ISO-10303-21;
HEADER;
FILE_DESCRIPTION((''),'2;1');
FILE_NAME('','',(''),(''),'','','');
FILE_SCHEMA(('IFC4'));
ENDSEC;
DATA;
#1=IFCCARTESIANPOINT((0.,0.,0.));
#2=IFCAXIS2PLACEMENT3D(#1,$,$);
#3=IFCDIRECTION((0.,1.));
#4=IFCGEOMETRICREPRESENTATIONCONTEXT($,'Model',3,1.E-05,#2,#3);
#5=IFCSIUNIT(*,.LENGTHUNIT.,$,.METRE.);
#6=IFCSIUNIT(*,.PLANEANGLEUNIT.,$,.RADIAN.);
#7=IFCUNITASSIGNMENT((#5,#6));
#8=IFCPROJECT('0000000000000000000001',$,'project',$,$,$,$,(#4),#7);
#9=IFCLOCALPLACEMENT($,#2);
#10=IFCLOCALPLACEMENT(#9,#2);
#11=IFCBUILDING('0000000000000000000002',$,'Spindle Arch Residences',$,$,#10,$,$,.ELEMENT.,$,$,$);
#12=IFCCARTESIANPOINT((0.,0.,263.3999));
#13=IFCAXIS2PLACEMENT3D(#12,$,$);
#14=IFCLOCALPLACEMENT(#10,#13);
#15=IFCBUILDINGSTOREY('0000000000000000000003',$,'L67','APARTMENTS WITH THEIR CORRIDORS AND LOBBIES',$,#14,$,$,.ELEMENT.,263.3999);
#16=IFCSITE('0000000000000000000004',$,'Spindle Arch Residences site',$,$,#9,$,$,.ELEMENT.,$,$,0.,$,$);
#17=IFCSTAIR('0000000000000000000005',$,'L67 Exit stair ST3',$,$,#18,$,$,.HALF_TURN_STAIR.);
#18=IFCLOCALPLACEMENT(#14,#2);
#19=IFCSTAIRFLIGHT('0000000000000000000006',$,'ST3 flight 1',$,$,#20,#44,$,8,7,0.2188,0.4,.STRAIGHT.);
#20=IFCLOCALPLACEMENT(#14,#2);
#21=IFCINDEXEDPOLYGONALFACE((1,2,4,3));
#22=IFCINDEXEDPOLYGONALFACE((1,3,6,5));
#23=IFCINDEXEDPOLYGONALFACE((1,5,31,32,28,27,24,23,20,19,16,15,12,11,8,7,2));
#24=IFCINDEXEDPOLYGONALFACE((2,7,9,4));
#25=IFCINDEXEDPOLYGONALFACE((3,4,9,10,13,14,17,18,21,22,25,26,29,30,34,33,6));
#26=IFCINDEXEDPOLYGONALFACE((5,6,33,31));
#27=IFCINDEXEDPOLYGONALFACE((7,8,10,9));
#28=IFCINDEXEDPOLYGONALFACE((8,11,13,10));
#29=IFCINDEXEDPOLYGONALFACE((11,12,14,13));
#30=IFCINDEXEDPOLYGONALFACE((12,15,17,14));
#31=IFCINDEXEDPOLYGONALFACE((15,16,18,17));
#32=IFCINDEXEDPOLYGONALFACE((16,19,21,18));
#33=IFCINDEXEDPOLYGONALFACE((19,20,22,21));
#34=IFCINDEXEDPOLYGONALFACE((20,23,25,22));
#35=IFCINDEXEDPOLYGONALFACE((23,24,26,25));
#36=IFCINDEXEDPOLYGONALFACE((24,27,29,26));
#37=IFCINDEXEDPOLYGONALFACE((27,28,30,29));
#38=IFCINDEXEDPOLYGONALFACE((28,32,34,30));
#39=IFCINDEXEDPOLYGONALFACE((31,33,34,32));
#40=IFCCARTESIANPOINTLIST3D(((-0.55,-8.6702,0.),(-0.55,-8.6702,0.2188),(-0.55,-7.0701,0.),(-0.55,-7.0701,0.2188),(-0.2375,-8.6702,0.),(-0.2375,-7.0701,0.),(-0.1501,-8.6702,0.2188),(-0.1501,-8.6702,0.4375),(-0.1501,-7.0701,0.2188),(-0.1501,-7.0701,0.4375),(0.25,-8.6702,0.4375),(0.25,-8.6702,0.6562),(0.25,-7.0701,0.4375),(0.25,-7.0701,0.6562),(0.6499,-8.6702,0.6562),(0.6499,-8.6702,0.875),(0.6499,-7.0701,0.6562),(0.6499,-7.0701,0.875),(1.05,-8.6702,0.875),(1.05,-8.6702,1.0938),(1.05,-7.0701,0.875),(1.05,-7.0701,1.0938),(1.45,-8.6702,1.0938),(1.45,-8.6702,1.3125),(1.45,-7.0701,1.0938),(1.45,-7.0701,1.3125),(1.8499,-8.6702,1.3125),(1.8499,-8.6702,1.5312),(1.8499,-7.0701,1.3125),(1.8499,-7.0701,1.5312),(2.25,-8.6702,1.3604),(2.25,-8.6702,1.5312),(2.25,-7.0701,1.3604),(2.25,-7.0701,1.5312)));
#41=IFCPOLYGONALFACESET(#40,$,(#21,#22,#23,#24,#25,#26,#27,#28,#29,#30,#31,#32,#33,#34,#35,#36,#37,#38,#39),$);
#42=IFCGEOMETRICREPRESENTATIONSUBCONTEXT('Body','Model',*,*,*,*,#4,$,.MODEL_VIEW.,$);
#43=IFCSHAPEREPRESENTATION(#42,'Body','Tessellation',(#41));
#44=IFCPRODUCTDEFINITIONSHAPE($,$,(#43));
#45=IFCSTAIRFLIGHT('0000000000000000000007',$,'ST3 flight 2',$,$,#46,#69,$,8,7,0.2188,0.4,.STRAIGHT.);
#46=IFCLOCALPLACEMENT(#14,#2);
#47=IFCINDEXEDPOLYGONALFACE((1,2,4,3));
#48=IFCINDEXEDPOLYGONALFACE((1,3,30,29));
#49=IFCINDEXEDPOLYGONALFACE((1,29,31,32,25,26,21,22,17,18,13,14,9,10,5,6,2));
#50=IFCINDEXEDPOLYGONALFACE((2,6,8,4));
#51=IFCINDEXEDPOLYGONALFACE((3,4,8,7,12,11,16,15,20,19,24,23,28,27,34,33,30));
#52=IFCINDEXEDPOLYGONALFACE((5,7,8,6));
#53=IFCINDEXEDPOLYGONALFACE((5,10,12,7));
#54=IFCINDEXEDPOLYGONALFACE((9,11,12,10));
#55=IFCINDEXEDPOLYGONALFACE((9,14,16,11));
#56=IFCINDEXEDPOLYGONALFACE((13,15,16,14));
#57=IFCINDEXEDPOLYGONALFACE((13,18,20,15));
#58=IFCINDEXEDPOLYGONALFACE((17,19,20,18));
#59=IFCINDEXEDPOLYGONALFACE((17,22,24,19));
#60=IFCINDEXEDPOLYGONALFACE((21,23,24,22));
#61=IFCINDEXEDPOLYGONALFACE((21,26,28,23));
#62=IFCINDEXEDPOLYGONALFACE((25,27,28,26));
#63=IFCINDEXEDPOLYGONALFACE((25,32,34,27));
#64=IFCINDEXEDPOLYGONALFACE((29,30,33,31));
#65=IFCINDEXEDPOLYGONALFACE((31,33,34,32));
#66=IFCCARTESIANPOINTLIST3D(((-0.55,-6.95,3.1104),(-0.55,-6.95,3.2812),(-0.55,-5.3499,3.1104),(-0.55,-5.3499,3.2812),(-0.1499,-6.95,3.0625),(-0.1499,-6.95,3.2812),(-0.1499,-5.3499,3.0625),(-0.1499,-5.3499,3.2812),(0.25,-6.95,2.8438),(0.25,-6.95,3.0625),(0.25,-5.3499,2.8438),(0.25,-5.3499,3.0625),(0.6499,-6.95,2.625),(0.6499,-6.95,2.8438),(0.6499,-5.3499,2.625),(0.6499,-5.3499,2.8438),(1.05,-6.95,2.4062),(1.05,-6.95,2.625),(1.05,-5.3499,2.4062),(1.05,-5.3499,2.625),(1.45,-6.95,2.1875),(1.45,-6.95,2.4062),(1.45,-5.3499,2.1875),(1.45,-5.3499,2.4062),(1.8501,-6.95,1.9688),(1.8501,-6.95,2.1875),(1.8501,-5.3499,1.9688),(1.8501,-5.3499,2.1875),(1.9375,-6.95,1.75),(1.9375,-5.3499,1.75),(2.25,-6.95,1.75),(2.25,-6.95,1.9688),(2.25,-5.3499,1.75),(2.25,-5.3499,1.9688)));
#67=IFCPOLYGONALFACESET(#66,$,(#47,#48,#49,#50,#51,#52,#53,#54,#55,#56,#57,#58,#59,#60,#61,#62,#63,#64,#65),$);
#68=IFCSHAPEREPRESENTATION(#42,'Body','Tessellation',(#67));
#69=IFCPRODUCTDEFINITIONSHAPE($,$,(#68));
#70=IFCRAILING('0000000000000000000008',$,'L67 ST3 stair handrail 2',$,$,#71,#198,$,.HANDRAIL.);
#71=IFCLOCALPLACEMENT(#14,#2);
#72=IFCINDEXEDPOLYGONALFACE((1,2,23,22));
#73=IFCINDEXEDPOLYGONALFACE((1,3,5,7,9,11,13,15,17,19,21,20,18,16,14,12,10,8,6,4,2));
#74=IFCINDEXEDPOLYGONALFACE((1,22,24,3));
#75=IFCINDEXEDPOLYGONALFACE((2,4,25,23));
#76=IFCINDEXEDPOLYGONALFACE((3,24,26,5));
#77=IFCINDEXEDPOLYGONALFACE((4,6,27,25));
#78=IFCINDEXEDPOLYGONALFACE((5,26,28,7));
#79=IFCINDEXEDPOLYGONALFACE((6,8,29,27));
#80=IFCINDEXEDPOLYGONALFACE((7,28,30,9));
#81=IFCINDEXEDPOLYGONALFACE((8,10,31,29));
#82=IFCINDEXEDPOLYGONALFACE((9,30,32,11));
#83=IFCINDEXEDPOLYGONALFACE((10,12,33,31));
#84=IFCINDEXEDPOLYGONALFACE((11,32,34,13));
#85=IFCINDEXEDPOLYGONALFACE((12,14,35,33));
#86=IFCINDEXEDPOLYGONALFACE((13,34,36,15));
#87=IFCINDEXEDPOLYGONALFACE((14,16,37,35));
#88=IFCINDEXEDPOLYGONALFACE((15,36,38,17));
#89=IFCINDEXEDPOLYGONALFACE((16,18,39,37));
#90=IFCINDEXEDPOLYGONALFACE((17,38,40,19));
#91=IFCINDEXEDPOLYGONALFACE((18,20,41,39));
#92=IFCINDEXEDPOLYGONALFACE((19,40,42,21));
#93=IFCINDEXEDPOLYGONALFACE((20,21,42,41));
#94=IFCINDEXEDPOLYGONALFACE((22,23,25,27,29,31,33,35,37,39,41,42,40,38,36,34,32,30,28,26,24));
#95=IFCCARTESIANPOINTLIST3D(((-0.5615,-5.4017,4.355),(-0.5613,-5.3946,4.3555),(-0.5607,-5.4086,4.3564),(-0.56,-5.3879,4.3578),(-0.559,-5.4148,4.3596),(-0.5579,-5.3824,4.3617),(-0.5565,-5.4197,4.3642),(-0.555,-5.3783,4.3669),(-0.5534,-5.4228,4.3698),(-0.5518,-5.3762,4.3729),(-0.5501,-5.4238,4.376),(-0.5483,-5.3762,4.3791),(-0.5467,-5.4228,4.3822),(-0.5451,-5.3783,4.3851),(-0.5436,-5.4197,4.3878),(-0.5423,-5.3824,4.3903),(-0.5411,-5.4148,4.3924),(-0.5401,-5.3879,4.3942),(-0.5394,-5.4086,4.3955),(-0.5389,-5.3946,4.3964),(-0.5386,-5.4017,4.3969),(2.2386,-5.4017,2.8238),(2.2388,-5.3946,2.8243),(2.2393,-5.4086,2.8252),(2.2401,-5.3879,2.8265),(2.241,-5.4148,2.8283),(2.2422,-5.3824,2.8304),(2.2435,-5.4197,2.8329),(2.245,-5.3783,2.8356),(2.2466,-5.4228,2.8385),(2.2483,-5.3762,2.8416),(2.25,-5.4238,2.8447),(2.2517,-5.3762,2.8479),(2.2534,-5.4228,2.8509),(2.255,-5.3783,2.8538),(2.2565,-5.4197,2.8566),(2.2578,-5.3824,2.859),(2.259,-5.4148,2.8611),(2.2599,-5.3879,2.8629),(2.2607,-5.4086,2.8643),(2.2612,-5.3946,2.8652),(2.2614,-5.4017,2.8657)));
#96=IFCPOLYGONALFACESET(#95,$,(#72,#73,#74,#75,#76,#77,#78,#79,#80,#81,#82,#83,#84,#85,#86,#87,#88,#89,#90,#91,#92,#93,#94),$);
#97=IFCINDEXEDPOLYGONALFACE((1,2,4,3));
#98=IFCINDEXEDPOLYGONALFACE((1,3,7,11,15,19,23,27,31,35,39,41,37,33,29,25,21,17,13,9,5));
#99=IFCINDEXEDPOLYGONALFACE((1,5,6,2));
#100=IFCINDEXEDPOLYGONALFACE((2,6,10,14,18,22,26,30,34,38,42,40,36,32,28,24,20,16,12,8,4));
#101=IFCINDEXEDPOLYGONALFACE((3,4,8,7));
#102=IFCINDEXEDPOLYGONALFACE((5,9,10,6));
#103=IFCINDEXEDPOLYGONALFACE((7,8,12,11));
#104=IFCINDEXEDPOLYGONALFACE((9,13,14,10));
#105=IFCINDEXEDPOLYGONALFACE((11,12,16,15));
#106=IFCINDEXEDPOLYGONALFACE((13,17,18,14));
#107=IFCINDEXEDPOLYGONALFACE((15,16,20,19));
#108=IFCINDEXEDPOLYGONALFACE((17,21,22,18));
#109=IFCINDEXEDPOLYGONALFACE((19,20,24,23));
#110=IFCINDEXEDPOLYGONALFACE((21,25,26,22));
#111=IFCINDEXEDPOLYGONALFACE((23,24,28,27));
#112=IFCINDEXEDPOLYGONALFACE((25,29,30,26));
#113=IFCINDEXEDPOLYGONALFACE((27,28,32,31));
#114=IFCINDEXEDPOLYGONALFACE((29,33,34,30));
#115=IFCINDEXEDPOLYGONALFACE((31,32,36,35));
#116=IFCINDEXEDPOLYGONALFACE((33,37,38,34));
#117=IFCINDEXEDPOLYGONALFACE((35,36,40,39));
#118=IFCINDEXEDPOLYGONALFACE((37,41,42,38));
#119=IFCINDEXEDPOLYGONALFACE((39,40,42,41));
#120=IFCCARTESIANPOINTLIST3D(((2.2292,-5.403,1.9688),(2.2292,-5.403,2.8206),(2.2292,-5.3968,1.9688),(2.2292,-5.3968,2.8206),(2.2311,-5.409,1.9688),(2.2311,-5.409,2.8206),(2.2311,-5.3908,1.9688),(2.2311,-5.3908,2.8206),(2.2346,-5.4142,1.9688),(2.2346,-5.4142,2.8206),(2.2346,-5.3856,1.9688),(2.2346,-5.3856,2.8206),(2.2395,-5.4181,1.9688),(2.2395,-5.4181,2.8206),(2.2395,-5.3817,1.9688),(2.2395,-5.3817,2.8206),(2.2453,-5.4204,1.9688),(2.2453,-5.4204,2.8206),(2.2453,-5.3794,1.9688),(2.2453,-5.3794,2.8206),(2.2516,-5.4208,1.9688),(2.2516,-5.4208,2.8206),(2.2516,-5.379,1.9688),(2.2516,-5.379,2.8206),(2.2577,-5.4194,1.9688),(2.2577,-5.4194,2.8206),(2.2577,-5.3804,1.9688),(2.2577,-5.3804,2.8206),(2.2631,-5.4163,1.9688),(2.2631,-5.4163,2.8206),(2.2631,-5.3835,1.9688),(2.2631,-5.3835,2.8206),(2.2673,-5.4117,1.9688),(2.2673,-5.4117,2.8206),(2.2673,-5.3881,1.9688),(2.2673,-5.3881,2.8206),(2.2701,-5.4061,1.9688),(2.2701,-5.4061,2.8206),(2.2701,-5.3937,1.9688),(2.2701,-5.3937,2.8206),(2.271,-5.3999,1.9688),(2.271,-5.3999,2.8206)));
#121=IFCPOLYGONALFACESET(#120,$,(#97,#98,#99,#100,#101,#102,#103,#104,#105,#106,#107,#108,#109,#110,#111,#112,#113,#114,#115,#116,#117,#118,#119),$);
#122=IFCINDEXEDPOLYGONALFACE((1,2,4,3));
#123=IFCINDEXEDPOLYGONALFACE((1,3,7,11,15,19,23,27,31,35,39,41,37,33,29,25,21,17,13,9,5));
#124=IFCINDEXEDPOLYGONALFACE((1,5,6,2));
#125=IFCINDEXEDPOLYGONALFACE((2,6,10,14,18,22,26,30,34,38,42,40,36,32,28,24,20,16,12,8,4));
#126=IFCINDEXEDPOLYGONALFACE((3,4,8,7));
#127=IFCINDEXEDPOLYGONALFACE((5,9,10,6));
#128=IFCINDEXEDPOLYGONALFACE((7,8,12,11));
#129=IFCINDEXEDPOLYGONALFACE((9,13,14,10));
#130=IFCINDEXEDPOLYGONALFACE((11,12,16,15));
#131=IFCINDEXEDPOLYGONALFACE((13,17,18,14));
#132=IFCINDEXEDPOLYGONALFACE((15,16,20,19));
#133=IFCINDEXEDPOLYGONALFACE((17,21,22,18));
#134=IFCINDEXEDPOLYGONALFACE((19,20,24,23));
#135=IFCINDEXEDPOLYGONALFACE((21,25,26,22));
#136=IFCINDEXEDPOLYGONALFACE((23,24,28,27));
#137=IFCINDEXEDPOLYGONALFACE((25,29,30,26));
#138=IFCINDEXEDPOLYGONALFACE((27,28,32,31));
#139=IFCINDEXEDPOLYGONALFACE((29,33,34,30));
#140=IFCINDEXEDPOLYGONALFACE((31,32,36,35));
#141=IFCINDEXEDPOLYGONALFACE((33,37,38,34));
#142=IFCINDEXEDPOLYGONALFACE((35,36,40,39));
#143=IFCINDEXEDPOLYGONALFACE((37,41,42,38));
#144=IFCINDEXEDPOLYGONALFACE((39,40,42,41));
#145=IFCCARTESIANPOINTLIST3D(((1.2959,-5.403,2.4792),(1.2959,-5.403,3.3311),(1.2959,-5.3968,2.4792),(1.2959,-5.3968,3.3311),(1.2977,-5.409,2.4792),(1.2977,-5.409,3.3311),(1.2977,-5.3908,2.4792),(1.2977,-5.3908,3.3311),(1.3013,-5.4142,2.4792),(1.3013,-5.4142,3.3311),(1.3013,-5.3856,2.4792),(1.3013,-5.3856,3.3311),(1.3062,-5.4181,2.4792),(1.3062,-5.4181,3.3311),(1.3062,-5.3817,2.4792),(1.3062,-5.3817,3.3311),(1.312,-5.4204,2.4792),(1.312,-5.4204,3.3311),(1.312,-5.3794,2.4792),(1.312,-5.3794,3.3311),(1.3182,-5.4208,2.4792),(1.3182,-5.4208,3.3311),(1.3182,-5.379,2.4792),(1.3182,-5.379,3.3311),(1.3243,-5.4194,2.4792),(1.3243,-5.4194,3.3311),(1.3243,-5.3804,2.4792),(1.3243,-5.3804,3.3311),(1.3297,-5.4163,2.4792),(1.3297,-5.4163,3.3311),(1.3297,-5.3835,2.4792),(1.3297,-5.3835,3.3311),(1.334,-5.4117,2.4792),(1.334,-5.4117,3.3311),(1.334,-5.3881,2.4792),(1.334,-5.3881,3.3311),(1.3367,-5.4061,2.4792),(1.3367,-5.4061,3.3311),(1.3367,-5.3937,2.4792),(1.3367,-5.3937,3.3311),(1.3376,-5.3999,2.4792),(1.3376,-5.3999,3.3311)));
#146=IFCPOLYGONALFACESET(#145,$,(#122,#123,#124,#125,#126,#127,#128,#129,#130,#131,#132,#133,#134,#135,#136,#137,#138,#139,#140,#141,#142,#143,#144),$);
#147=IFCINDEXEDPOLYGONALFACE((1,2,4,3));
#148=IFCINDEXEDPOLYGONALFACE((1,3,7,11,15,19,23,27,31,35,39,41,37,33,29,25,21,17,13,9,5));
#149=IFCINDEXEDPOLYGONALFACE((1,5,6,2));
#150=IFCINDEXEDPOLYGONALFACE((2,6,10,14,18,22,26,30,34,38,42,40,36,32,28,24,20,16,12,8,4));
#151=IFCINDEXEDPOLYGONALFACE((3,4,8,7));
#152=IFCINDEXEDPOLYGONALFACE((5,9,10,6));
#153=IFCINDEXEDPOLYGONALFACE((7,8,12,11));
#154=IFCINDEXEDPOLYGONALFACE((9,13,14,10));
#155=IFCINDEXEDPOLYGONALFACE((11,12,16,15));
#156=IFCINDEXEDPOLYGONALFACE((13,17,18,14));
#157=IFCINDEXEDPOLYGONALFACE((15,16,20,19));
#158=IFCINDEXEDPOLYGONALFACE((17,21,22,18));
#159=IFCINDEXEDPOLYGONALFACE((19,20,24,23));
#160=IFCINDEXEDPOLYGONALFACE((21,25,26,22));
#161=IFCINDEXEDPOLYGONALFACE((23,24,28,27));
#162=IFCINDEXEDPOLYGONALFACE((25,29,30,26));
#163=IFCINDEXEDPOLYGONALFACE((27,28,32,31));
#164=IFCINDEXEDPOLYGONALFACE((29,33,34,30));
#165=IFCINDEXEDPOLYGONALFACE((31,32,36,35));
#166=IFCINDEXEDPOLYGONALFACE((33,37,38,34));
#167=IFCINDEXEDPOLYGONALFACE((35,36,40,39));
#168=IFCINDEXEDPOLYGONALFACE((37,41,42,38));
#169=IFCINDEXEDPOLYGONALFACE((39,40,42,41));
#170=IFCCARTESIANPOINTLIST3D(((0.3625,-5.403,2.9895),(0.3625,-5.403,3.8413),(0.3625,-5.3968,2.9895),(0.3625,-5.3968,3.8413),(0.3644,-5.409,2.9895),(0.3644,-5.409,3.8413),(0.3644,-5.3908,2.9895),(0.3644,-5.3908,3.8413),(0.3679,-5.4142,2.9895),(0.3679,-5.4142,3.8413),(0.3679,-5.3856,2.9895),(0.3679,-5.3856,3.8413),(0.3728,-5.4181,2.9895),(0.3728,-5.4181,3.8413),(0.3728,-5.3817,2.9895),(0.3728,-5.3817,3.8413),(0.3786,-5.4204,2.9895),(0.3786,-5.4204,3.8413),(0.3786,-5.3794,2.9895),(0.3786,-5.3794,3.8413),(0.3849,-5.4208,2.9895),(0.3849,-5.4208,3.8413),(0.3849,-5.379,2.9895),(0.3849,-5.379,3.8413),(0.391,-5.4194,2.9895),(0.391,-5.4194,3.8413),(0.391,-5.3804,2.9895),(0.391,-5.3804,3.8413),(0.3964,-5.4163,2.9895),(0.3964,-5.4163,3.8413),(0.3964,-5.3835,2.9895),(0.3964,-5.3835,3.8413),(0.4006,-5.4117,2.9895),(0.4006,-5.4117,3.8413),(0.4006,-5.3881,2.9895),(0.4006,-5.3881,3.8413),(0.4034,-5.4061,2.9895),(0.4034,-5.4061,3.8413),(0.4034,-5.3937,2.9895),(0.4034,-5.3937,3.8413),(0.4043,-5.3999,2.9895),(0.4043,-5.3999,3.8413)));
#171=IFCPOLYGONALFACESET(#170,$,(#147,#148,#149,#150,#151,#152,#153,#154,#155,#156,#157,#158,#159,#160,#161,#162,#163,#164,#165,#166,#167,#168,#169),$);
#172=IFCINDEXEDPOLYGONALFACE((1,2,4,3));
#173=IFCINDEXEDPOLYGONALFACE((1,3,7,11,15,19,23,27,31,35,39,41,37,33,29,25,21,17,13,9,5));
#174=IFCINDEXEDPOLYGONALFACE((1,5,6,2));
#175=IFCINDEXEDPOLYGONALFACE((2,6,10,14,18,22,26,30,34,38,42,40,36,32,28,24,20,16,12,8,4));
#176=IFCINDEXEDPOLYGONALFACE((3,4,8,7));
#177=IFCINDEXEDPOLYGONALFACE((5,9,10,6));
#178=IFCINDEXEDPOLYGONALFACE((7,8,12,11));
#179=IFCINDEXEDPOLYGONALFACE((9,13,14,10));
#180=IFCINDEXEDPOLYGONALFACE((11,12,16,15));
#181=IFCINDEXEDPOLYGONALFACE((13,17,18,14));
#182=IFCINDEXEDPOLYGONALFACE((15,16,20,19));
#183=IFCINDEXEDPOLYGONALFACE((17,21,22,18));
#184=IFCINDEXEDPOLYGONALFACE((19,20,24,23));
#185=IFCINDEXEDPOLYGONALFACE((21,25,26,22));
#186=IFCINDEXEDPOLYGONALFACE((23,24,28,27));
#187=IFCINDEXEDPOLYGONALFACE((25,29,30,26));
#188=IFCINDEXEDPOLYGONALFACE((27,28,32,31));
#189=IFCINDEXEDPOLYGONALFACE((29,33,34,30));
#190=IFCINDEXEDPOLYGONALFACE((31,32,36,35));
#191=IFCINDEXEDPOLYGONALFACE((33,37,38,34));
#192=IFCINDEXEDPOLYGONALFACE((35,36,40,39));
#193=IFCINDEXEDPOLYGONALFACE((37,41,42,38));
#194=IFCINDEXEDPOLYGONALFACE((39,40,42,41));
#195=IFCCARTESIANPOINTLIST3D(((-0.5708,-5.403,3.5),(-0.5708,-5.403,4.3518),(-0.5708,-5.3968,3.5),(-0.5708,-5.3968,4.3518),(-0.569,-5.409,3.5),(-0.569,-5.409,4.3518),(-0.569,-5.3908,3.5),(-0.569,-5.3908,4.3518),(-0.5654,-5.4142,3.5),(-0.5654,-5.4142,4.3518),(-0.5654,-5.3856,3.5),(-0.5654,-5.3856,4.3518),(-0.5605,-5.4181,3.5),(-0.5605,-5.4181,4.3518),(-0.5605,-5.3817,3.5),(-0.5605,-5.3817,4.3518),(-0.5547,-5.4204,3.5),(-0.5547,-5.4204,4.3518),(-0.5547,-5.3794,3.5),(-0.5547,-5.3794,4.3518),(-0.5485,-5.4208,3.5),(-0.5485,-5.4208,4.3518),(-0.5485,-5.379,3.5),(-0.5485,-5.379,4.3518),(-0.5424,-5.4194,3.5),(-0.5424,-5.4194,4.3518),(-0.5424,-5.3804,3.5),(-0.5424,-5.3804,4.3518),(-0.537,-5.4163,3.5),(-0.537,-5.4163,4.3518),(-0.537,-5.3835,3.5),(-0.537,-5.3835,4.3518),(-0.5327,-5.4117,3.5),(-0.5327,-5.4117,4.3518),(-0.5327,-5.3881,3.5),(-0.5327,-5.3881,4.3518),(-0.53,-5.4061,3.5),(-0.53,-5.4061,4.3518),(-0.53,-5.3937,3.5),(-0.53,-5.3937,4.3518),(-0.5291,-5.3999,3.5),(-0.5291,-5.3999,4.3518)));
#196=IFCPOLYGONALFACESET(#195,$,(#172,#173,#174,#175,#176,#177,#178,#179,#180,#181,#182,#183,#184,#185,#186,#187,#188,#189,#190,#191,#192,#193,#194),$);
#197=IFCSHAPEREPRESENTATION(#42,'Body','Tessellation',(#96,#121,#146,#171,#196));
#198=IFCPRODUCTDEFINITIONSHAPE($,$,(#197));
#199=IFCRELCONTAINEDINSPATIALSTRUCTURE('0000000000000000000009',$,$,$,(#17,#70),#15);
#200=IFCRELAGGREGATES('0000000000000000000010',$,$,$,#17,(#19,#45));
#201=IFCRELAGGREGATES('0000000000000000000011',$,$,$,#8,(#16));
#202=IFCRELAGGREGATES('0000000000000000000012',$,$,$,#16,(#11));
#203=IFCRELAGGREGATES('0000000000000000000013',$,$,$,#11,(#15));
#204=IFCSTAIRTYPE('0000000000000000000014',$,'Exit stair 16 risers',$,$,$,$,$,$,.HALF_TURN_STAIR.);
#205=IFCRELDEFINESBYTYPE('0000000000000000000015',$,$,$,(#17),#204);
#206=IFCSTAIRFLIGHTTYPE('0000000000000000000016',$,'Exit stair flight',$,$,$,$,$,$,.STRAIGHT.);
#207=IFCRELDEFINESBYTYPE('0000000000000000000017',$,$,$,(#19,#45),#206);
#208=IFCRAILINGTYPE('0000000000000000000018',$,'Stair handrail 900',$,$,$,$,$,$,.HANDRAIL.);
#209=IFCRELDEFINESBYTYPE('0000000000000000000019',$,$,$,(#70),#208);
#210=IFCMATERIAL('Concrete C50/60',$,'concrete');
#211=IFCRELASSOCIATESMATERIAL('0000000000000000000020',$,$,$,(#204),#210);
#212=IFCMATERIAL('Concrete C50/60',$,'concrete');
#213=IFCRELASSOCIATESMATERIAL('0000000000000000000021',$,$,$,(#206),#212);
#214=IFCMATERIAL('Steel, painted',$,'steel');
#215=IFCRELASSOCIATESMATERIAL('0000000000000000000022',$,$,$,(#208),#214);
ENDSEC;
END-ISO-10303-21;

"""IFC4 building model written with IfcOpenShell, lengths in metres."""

from ifc_helpers import new_model, si_unit, direction, frame, origin, origin_2d, place, context, subcontext, project, spatial, polyline, circle, outline, extrude, material, type_object, element, aggregate, save


model = new_model("IFC4")

# Units and contexts
model_context = context("Model", 3, precision=1e-05, world=origin(), true_north=direction((0.0, 1.0)))
body_context = subcontext(model_context, "Body", "Model", "MODEL_VIEW")
ifc_project = project(units=[si_unit("LENGTHUNIT", "METRE"), si_unit("PLANEANGLEUNIT", "RADIAN")], contexts=[model_context])

# Site, building, storey
site_placement = place(None, origin())
site = spatial("IfcSite", under=ifc_project, at=site_placement, Name="Spindle Arch Residences site", CompositionType="ELEMENT", RefElevation=0.0)
building_placement = place(site_placement, origin())
building = spatial("IfcBuilding", under=site, at=building_placement, Name="Spindle Arch Residences", CompositionType="ELEMENT")
storey_placement = place(building_placement, frame((0.0, 0.0, 263.3999)))
storey = spatial("IfcBuildingStorey", under=building, at=storey_placement, Name="L67", Description="APARTMENTS WITH THEIR CORRIDORS AND LOBBIES", CompositionType="ELEMENT", Elevation=263.3999)

# Stair
ifc_material_1 = material(Name="Concrete C50/60", Category="concrete")
stair_type = type_object("IfcStairType", Name="Exit stair 16 risers", PredefinedType="HALF_TURN_STAIR", material=ifc_material_1)
stair_1_placement = place(storey_placement, origin())
stair_1 = element("IfcStair", 1, at=stair_1_placement, inside=storey, type_object=stair_type, Name="L67 Exit stair ST3", PredefinedType="HALF_TURN_STAIR")

# Stair flights
ifc_material_2 = material(Name="Concrete C50/60", Category="concrete")
stair_flight_type = type_object("IfcStairFlightType", Name="Exit stair flight", PredefinedType="STRAIGHT", material=ifc_material_2)
stair_flight_1_placement = place(storey_placement, frame((-0.55, -7.8701, 0.0), z_axis=(0.0, 0.0, 1.0), x_axis=(1.0, 0.0, 0.0)))
stair_flight_1 = element("IfcStairFlight", 2, at=stair_flight_1_placement, type_object=stair_flight_type, Name="ST3 flight 1", NumberOfRisers=8, NumberOfTreads=7, PredefinedType="STRAIGHT", RiserHeight=0.2188, TreadLength=0.4, context=body_context, shape_type="SweptSolid", body=[
    extrude(outline(polyline([(0.0, 0.0), (0.0, 0.2188), (0.3999, 0.2188), (0.3999, 0.4375), (0.8, 0.4375), (0.8, 0.6562), (1.2, 0.6562), (1.2, 0.875), (1.6001, 0.875), (1.6001, 1.0938), (2.0, 1.0938), (2.0, 1.3125), (2.3999, 1.3125), (2.3999, 1.5312), (2.8, 1.5312), (2.8, 1.75), (2.8, 1.3604), (0.3125, 0.0), (0.0, 0.0)])), frame((0.0, 0.8, 0.0), z_axis=(0.0, -1.0, 0.0), x_axis=(1.0, 0.0, 0.0)), (0.0, 0.0, 1.0), 1.6001),
])
stair_flight_2_placement = place(storey_placement, frame((2.25, -6.1499, 1.75), z_axis=(0.0, 0.0, 1.0), x_axis=(-1.0, 0.0, 0.0)))
stair_flight_2 = element("IfcStairFlight", 3, at=stair_flight_2_placement, type_object=stair_flight_type, Name="ST3 flight 2", NumberOfRisers=8, NumberOfTreads=7, PredefinedType="STRAIGHT", RiserHeight=0.2188, TreadLength=0.4, context=body_context, shape_type="SweptSolid", body=[
    extrude(outline(polyline([(0.0, 0.0), (0.0, 0.2188), (0.3999, 0.2188), (0.3999, 0.4375), (0.8, 0.4375), (0.8, 0.6562), (1.2, 0.6562), (1.2, 0.875), (1.6001, 0.875), (1.6001, 1.0938), (2.0, 1.0938), (2.0, 1.3125), (2.3999, 1.3125), (2.3999, 1.5312), (2.8, 1.5312), (2.8, 1.75), (2.8, 1.3604), (0.3125, 0.0), (0.0, 0.0)])), frame((0.0, 0.8, 0.0), z_axis=(0.0, -1.0, 0.0), x_axis=(1.0, 0.0, 0.0)), (0.0, 0.0, 1.0), 1.6001),
])
aggregate(stair_1, [stair_flight_1, stair_flight_2])

# Railing
ifc_material_3 = material(Name="Steel, painted", Category="steel")
railing_type_1 = type_object("IfcRailingType", Name="Stair handrail 900", PredefinedType="HANDRAIL", material=ifc_material_3)
railing_1_placement = place(storey_placement, frame((2.25, -5.3999, 1.9688)))
element("IfcRailing", 4, at=railing_1_placement, inside=storey, type_object=railing_type_1, Name="L67 ST3 stair handrail 2", PredefinedType="HANDRAIL", context=body_context, shape_type="SweptSolid", body=[
    extrude(circle(Radius=0.0239, at=origin_2d()), frame((0.0, 0.0, 0.876), z_axis=(-0.877375, 0.0, 0.479806), x_axis=(0.0, -1.0, 0.0)), (0.0, 0.0, 1.0), 3.1914),
    extrude(circle(Radius=0.021, at=origin_2d()), origin(), (0.0, 0.0, 1.0), 0.8518),
    extrude(circle(Radius=0.021, at=origin_2d()), frame((-0.9333, 0.0, 0.5105)), (0.0, 0.0, 1.0), 0.8518),
    extrude(circle(Radius=0.021, at=origin_2d()), frame((-1.8667, 0.0, 1.0208)), (0.0, 0.0, 1.0), 0.8518),
    extrude(circle(Radius=0.021, at=origin_2d()), frame((-2.8, 0.0, 1.5312)), (0.0, 0.0, 1.0), 0.8518),
])

save(model, "model.ifc")
